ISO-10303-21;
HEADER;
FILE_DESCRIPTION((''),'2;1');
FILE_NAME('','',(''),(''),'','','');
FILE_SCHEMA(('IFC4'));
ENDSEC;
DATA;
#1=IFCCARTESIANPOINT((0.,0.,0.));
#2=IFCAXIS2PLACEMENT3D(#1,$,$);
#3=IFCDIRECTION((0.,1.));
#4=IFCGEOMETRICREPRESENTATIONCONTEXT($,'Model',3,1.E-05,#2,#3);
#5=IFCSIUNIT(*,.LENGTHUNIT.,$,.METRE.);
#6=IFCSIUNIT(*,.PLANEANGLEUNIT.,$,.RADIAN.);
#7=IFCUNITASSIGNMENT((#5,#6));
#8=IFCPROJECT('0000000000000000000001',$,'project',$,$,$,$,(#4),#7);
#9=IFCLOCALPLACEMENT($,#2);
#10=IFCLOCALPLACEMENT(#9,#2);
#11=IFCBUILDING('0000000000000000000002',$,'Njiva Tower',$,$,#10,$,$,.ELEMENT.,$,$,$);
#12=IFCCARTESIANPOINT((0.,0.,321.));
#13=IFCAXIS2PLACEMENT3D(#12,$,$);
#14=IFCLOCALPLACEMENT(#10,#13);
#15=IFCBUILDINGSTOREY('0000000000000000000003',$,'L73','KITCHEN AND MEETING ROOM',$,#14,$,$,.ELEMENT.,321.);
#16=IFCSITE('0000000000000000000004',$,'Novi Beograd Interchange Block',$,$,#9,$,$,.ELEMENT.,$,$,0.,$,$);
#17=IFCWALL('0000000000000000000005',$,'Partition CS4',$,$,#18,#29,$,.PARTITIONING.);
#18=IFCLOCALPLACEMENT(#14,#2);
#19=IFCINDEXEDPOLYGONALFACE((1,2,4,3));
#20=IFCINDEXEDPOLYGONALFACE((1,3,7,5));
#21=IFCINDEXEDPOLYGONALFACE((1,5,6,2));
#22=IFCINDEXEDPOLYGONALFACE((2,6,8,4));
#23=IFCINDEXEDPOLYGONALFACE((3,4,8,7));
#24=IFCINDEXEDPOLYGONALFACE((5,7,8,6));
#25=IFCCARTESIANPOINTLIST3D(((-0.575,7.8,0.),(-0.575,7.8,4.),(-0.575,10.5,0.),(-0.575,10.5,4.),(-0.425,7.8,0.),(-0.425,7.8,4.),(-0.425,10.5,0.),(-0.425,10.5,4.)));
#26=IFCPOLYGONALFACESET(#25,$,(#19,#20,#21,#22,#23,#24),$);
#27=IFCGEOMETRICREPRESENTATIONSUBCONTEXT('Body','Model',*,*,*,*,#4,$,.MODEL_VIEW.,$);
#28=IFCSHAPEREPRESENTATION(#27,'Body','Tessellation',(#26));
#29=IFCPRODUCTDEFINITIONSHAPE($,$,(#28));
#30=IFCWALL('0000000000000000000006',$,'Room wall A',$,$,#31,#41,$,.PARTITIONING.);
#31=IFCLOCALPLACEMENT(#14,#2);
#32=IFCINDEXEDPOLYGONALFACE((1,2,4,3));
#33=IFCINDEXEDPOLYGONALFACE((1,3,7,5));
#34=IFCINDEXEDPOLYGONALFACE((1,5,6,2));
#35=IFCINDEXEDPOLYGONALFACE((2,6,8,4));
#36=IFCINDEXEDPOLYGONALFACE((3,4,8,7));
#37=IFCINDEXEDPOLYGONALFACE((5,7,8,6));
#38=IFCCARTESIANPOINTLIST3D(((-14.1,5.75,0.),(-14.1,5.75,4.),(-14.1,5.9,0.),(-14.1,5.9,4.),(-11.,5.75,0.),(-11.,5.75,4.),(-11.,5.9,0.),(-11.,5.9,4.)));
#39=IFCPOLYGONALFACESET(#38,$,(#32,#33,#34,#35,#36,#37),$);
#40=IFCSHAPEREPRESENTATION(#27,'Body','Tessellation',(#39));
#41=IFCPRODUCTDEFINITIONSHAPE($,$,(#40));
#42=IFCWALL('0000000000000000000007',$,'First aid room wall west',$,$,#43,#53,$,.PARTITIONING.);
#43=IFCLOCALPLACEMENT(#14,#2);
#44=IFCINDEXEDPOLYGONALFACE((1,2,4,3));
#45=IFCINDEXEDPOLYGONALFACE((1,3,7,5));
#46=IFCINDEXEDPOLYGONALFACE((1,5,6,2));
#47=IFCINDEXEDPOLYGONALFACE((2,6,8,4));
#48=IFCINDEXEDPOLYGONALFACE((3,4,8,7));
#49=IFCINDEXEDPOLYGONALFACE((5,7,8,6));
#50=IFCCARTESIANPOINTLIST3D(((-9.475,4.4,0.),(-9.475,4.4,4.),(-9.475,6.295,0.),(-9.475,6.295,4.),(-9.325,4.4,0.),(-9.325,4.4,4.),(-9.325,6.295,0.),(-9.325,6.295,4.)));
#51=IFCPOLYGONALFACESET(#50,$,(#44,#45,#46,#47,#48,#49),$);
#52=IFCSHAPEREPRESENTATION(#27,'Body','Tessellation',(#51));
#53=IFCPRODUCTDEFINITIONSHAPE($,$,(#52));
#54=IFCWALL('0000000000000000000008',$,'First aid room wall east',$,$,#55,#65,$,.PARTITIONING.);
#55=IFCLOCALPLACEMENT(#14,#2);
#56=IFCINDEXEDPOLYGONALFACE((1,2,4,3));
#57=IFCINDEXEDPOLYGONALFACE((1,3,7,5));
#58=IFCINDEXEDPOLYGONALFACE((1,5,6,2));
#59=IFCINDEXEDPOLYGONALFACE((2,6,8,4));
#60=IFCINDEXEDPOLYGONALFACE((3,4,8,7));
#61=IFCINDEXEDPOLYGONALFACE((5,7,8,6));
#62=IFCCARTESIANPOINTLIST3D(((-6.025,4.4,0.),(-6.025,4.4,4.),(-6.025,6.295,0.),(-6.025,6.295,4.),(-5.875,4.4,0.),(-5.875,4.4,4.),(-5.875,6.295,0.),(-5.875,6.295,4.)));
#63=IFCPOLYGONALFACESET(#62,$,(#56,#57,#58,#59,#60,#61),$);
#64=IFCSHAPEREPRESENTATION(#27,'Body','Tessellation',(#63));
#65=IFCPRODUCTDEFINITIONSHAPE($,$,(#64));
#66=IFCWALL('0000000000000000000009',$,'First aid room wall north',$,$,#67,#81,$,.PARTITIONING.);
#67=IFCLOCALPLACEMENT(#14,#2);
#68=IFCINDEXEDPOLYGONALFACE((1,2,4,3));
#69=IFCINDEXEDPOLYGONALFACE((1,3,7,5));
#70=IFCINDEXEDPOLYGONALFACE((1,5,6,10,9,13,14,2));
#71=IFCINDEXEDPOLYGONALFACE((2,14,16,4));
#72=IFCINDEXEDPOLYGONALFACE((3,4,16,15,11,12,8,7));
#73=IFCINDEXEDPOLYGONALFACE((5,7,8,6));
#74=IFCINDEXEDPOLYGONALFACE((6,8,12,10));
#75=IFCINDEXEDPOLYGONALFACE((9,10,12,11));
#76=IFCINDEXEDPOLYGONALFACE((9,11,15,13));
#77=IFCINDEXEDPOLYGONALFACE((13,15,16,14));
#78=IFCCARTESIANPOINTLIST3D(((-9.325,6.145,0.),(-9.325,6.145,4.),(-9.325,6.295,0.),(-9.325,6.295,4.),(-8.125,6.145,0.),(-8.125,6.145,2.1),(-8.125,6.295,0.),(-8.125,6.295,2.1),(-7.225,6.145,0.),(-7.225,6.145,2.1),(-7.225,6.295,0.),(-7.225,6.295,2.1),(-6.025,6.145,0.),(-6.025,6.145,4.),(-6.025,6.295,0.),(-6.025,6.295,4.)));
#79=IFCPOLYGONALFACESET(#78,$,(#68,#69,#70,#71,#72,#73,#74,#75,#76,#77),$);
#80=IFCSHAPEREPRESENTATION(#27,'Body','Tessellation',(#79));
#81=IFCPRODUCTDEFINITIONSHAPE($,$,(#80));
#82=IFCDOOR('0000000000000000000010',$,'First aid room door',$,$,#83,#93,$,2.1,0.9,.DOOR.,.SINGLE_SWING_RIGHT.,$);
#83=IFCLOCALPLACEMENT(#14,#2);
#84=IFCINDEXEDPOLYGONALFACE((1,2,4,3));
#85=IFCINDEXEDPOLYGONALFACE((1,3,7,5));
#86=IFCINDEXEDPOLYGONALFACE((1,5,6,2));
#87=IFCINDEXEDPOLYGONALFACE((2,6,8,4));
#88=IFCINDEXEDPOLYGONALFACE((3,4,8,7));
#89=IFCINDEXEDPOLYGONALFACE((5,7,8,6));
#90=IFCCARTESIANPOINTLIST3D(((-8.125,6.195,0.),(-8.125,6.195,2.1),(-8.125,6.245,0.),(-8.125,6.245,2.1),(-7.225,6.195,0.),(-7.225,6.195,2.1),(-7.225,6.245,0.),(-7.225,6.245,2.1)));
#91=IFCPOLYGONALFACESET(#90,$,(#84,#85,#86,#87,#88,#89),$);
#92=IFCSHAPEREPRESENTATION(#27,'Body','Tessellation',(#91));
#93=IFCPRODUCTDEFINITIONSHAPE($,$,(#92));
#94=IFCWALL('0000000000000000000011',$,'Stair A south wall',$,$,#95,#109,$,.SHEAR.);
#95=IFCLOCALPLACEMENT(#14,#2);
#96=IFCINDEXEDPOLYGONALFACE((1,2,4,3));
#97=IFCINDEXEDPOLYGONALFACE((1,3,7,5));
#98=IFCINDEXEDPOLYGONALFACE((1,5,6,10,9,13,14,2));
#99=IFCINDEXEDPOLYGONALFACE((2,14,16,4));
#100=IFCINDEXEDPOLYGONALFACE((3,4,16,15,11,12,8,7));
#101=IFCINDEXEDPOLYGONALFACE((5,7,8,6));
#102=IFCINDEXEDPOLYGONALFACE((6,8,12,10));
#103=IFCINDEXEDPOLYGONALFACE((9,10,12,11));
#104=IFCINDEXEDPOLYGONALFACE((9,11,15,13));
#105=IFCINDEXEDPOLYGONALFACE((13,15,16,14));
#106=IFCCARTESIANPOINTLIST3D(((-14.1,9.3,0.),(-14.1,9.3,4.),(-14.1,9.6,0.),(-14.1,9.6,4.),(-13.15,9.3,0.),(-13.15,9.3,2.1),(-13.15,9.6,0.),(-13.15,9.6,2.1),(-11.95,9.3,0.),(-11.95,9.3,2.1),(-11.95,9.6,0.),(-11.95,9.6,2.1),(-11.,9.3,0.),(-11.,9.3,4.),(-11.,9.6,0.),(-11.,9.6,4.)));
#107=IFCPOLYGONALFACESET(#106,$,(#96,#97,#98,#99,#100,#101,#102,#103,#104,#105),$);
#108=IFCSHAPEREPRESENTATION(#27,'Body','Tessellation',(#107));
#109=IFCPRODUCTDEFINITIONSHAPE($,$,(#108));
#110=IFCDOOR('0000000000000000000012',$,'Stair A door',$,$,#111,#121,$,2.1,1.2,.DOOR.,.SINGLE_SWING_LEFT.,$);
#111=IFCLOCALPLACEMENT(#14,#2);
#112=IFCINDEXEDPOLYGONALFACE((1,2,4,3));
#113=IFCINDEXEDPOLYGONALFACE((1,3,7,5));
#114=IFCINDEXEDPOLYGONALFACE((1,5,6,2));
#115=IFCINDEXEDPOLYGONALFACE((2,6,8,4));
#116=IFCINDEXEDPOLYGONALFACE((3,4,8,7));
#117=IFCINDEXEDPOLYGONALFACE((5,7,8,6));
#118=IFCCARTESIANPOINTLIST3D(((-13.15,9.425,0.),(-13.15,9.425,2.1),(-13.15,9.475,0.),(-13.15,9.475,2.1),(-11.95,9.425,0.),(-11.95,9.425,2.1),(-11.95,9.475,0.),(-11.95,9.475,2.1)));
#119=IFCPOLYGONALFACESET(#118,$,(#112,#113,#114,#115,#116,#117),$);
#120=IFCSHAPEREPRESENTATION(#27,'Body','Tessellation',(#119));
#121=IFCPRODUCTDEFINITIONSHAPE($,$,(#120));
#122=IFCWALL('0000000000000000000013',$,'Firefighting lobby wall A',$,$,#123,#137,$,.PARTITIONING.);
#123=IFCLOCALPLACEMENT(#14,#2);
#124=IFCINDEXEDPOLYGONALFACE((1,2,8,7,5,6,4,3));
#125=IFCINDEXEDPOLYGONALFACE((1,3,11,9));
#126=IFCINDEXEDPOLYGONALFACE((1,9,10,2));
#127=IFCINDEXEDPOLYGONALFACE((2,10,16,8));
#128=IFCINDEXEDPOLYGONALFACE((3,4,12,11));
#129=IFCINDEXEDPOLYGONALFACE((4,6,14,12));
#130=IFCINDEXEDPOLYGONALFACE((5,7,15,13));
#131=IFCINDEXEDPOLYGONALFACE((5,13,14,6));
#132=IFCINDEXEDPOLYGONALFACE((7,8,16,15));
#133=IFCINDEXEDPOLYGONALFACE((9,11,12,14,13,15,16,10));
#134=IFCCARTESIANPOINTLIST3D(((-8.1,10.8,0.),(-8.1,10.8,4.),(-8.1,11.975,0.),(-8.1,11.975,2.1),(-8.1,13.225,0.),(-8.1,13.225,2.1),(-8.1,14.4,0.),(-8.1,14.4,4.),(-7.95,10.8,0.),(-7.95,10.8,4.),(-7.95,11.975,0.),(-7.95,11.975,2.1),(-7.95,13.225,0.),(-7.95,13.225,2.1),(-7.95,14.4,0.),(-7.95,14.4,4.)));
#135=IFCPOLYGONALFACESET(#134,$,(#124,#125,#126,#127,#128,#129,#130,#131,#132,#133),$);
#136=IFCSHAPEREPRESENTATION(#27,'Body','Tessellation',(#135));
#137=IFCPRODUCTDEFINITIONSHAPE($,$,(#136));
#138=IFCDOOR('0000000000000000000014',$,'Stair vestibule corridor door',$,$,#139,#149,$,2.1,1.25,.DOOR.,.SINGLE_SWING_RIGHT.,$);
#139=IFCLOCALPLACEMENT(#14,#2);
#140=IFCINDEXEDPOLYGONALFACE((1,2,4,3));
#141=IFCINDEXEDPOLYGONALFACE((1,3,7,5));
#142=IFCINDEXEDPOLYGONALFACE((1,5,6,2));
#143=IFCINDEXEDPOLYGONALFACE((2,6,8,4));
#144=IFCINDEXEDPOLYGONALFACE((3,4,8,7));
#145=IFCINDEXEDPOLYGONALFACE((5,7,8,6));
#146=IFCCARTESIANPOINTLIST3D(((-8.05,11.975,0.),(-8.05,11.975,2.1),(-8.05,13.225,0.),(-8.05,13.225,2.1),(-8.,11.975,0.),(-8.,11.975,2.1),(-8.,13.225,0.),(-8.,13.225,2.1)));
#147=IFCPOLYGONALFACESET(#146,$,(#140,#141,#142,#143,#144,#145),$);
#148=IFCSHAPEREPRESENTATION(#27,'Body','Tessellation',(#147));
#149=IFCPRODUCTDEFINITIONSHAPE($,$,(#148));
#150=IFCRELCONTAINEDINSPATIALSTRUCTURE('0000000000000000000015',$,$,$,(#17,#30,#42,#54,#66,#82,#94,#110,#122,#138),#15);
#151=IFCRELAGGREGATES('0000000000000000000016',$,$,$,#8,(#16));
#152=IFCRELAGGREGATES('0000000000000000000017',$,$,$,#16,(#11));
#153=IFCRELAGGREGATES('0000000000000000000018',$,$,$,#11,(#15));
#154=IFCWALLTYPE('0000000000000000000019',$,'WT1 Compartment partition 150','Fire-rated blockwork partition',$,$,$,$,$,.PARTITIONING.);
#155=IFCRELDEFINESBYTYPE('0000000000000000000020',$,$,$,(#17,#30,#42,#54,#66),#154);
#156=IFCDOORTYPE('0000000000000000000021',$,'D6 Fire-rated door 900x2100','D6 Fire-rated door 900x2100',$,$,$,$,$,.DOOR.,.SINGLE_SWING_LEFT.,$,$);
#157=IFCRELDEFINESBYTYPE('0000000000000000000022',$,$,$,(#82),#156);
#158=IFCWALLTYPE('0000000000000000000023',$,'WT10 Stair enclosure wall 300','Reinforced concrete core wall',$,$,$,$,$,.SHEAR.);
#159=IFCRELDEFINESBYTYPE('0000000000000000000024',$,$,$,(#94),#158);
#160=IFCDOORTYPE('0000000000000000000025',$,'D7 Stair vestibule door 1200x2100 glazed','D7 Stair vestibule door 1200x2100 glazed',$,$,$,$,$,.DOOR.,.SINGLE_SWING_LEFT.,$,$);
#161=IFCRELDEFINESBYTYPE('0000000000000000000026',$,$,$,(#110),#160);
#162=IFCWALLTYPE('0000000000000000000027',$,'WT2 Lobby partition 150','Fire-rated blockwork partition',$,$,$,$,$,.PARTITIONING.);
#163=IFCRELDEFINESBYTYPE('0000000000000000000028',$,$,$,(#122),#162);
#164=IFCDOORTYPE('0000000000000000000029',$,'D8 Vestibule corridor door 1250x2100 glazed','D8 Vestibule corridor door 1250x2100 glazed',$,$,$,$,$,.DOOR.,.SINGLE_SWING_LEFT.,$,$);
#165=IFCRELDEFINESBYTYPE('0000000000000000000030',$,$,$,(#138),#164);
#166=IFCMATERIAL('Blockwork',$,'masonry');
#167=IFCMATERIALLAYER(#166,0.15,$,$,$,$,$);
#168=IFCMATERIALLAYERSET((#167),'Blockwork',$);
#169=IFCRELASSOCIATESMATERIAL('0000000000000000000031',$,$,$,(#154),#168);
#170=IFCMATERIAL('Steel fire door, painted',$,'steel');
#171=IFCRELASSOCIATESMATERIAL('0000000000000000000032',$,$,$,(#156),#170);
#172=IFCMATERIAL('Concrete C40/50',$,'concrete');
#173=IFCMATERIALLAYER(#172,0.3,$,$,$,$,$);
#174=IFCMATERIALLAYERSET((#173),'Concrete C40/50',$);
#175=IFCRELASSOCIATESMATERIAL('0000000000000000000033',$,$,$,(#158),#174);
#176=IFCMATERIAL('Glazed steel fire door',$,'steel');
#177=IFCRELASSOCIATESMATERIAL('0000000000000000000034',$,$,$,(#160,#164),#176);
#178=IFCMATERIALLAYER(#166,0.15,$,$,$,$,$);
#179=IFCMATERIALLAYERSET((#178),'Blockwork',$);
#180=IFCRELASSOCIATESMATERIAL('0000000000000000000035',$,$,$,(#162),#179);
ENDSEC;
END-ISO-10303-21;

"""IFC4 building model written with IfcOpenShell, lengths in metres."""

from ifc_helpers import new_model, si_unit, direction, frame, frame_2d, origin, place, context, subcontext, project, spatial, rectangle, extrude, material, layer, layer_set, type_object, element, fill, save


model = new_model("IFC4")

# Units and contexts
model_context = context("Model", 3, precision=1e-05, world=origin(), true_north=direction((0.0, 1.0)))
body_context = subcontext(model_context, "Body", "Model", "MODEL_VIEW")
ifc_project = project(units=[si_unit("LENGTHUNIT", "METRE"), si_unit("PLANEANGLEUNIT", "RADIAN")], contexts=[model_context])

# Site, building, storey
site_placement = place(None, origin())
site = spatial("IfcSite", under=ifc_project, at=site_placement, Name="Novi Beograd Interchange Block", CompositionType="ELEMENT", RefElevation=0.0)
building_placement = place(site_placement, origin())
building = spatial("IfcBuilding", under=site, at=building_placement, Name="Njiva Tower", CompositionType="ELEMENT")
storey_placement = place(building_placement, frame((0.0, 0.0, 321.0)))
storey = spatial("IfcBuildingStorey", under=building, at=storey_placement, Name="L73", Description="KITCHEN AND MEETING ROOM", CompositionType="ELEMENT", Elevation=321.0)

# Walls
ifc_material_1 = material(Name="Blockwork", Category="masonry")
ifc_layer_1 = layer(ifc_material_1, 0.15)
ifc_layer_set_1 = layer_set([ifc_layer_1], Name="Blockwork")
wall_type_1 = type_object("IfcWallType", Name="WT1 Compartment partition 150", Description="Fire-rated blockwork partition", PredefinedType="PARTITIONING", material=ifc_layer_set_1)
wall_1_placement = place(storey_placement, frame((-0.5, 7.8, 0.0), z_axis=(0.0, 0.0, 1.0), x_axis=(0.0, 1.0, 0.0)))
element("IfcWall", 1, at=wall_1_placement, inside=storey, type_object=wall_type_1, Name="Partition CS4", PredefinedType="PARTITIONING", context=body_context, shape_type="SweptSolid", body=[
    extrude(rectangle(XDim=2.7, YDim=0.15, at=frame_2d((1.35, 0.0))), origin(), (0.0, 0.0, 1.0), 4.0),
])
wall_2_placement = place(storey_placement, frame((-14.1, 5.825, 0.0), z_axis=(0.0, 0.0, 1.0), x_axis=(1.0, 0.0, 0.0)))
element("IfcWall", 2, at=wall_2_placement, inside=storey, type_object=wall_type_1, Name="Room wall A", PredefinedType="PARTITIONING", context=body_context, shape_type="SweptSolid", body=[
    extrude(rectangle(XDim=3.1, YDim=0.15, at=frame_2d((1.55, 0.0))), origin(), (0.0, 0.0, 1.0), 4.0),
])
for number, where, z_axis, x_axis, name in (
    (3, (-9.4, 4.4, 0.0), (0.0, 0.0, 1.0), (0.0, 1.0, 0.0), "First aid room wall west"),
    (4, (-5.95, 4.4, 0.0), (0.0, 0.0, 1.0), (0.0, 1.0, 0.0), "First aid room wall east"),
):
    element("IfcWall", number, at=place(storey_placement, frame(where, z_axis=z_axis, x_axis=x_axis)), inside=storey, type_object=wall_type_1, Name=name, PredefinedType="PARTITIONING", context=body_context, shape_type="SweptSolid", body=[
        extrude(rectangle(XDim=1.895, YDim=0.15, at=frame_2d((0.9475, 0.0))), origin(), (0.0, 0.0, 1.0), 4.0),
    ])

# Walls, openings, doors
wall_3_placement = place(storey_placement, frame((-9.325, 6.22, 0.0), z_axis=(0.0, 0.0, 1.0), x_axis=(1.0, 0.0, 0.0)))
wall_3 = element("IfcWall", 5, at=wall_3_placement, inside=storey, type_object=wall_type_1, Name="First aid room wall north", PredefinedType="PARTITIONING", context=body_context, shape_type="SweptSolid", body=[
    extrude(rectangle(XDim=3.3, YDim=0.15, at=frame_2d((1.65, 0.0))), origin(), (0.0, 0.0, 1.0), 4.0),
])
opening_1_placement = place(wall_3_placement, frame((1.2, 0.0, 0.0)))
opening_1 = element("IfcOpeningElement", 6, at=opening_1_placement, cuts=wall_3, PredefinedType="OPENING", context=body_context, shape_type="SweptSolid", body=[
    extrude(rectangle(XDim=0.9, YDim=2.1, at=frame_2d((0.45, 1.05))), frame((0.0, 0.085, 0.0), z_axis=(0.0, -1.0, 0.0), x_axis=(1.0, 0.0, 0.0)), (0.0, 0.0, 1.0), 0.17),
])
ifc_material_2 = material(Name="Steel fire door, painted", Category="steel")
door_type_1 = type_object("IfcDoorType", Name="D6 Fire-rated door 900x2100", Description="D6 Fire-rated door 900x2100", OperationType="SINGLE_SWING_LEFT", PredefinedType="DOOR", material=ifc_material_2)
door_1_placement = place(opening_1_placement, origin())
door_1 = element("IfcDoor", 7, at=door_1_placement, inside=storey, type_object=door_type_1, Name="First aid room door", OperationType="SINGLE_SWING_RIGHT", OverallHeight=2.1, OverallWidth=0.9, PredefinedType="DOOR", context=body_context, shape_type="SweptSolid", body=[
    extrude(rectangle(XDim=0.9, YDim=2.1, at=frame_2d((0.45, 1.05))), frame((0.0, 0.025, 0.0), z_axis=(0.0, -1.0, 0.0), x_axis=(1.0, 0.0, 0.0)), (0.0, 0.0, 1.0), 0.05),
])
fill(opening_1, door_1)
ifc_material_3 = material(Name="Concrete C40/50", Category="concrete")
ifc_layer_2 = layer(ifc_material_3, 0.3)
ifc_layer_set_2 = layer_set([ifc_layer_2], Name="Concrete C40/50")
wall_type_2 = type_object("IfcWallType", Name="WT10 Stair enclosure wall 300", Description="Reinforced concrete core wall", PredefinedType="SHEAR", material=ifc_layer_set_2)
wall_4_placement = place(storey_placement, frame((-14.1, 9.45, 0.0), z_axis=(0.0, 0.0, 1.0), x_axis=(1.0, 0.0, 0.0)))
wall_4 = element("IfcWall", 8, at=wall_4_placement, inside=storey, type_object=wall_type_2, Name="Stair A south wall", PredefinedType="SHEAR", context=body_context, shape_type="SweptSolid", body=[
    extrude(rectangle(XDim=3.1, YDim=0.3, at=frame_2d((1.55, 0.0))), origin(), (0.0, 0.0, 1.0), 4.0),
])
opening_2_placement = place(wall_4_placement, frame((0.95, 0.0, 0.0)))
opening_2 = element("IfcOpeningElement", 9, at=opening_2_placement, cuts=wall_4, PredefinedType="OPENING", context=body_context, shape_type="SweptSolid", body=[
    extrude(rectangle(XDim=1.2, YDim=2.1, at=frame_2d((0.6, 1.05))), frame((0.0, 0.16, 0.0), z_axis=(0.0, -1.0, 0.0), x_axis=(1.0, 0.0, 0.0)), (0.0, 0.0, 1.0), 0.32),
])
ifc_material_4 = material(Name="Glazed steel fire door", Category="steel")
door_type_2 = type_object("IfcDoorType", Name="D7 Stair vestibule door 1200x2100 glazed", Description="D7 Stair vestibule door 1200x2100 glazed", OperationType="SINGLE_SWING_LEFT", PredefinedType="DOOR", material=ifc_material_4)
door_2_placement = place(opening_2_placement, origin())
door_2 = element("IfcDoor", 10, at=door_2_placement, inside=storey, type_object=door_type_2, Name="Stair A door", OperationType="SINGLE_SWING_LEFT", OverallHeight=2.1, OverallWidth=1.2, PredefinedType="DOOR", context=body_context, shape_type="SweptSolid", body=[
    extrude(rectangle(XDim=1.2, YDim=2.1, at=frame_2d((0.6, 1.05))), frame((0.0, 0.025, 0.0), z_axis=(0.0, -1.0, 0.0), x_axis=(1.0, 0.0, 0.0)), (0.0, 0.0, 1.0), 0.05),
])
fill(opening_2, door_2)
ifc_layer_3 = layer(ifc_material_1, 0.15)
ifc_layer_set_3 = layer_set([ifc_layer_3], Name="Blockwork")
wall_type_3 = type_object("IfcWallType", Name="WT2 Lobby partition 150", Description="Fire-rated blockwork partition", PredefinedType="PARTITIONING", material=ifc_layer_set_3)
wall_5_placement = place(storey_placement, frame((-8.025, 10.8, 0.0), z_axis=(0.0, 0.0, 1.0), x_axis=(0.0, 1.0, 0.0)))
wall_5 = element("IfcWall", 11, at=wall_5_placement, inside=storey, type_object=wall_type_3, Name="Firefighting lobby wall A", PredefinedType="PARTITIONING", context=body_context, shape_type="SweptSolid", body=[
    extrude(rectangle(XDim=3.6, YDim=0.15, at=frame_2d((1.8, 0.0))), origin(), (0.0, 0.0, 1.0), 4.0),
])
opening_3_placement = place(wall_5_placement, frame((1.175, 0.0, 0.0)))
opening_3 = element("IfcOpeningElement", 12, at=opening_3_placement, cuts=wall_5, PredefinedType="OPENING", context=body_context, shape_type="SweptSolid", body=[
    extrude(rectangle(XDim=1.25, YDim=2.1, at=frame_2d((0.625, 1.05))), frame((0.0, 0.085, 0.0), z_axis=(0.0, -1.0, 0.0), x_axis=(1.0, 0.0, 0.0)), (0.0, 0.0, 1.0), 0.17),
])
door_type_3 = type_object("IfcDoorType", Name="D8 Vestibule corridor door 1250x2100 glazed", Description="D8 Vestibule corridor door 1250x2100 glazed", OperationType="SINGLE_SWING_LEFT", PredefinedType="DOOR", material=ifc_material_4)
door_3_placement = place(opening_3_placement, origin())
door_3 = element("IfcDoor", 13, at=door_3_placement, inside=storey, type_object=door_type_3, Name="Stair vestibule corridor door", OperationType="SINGLE_SWING_RIGHT", OverallHeight=2.1, OverallWidth=1.25, PredefinedType="DOOR", context=body_context, shape_type="SweptSolid", body=[
    extrude(rectangle(XDim=1.25, YDim=2.1, at=frame_2d((0.625, 1.05))), frame((0.0, 0.025, 0.0), z_axis=(0.0, -1.0, 0.0), x_axis=(1.0, 0.0, 0.0)), (0.0, 0.0, 1.0), 0.05),
])
fill(opening_3, door_3)

save(model, "model.ifc")
